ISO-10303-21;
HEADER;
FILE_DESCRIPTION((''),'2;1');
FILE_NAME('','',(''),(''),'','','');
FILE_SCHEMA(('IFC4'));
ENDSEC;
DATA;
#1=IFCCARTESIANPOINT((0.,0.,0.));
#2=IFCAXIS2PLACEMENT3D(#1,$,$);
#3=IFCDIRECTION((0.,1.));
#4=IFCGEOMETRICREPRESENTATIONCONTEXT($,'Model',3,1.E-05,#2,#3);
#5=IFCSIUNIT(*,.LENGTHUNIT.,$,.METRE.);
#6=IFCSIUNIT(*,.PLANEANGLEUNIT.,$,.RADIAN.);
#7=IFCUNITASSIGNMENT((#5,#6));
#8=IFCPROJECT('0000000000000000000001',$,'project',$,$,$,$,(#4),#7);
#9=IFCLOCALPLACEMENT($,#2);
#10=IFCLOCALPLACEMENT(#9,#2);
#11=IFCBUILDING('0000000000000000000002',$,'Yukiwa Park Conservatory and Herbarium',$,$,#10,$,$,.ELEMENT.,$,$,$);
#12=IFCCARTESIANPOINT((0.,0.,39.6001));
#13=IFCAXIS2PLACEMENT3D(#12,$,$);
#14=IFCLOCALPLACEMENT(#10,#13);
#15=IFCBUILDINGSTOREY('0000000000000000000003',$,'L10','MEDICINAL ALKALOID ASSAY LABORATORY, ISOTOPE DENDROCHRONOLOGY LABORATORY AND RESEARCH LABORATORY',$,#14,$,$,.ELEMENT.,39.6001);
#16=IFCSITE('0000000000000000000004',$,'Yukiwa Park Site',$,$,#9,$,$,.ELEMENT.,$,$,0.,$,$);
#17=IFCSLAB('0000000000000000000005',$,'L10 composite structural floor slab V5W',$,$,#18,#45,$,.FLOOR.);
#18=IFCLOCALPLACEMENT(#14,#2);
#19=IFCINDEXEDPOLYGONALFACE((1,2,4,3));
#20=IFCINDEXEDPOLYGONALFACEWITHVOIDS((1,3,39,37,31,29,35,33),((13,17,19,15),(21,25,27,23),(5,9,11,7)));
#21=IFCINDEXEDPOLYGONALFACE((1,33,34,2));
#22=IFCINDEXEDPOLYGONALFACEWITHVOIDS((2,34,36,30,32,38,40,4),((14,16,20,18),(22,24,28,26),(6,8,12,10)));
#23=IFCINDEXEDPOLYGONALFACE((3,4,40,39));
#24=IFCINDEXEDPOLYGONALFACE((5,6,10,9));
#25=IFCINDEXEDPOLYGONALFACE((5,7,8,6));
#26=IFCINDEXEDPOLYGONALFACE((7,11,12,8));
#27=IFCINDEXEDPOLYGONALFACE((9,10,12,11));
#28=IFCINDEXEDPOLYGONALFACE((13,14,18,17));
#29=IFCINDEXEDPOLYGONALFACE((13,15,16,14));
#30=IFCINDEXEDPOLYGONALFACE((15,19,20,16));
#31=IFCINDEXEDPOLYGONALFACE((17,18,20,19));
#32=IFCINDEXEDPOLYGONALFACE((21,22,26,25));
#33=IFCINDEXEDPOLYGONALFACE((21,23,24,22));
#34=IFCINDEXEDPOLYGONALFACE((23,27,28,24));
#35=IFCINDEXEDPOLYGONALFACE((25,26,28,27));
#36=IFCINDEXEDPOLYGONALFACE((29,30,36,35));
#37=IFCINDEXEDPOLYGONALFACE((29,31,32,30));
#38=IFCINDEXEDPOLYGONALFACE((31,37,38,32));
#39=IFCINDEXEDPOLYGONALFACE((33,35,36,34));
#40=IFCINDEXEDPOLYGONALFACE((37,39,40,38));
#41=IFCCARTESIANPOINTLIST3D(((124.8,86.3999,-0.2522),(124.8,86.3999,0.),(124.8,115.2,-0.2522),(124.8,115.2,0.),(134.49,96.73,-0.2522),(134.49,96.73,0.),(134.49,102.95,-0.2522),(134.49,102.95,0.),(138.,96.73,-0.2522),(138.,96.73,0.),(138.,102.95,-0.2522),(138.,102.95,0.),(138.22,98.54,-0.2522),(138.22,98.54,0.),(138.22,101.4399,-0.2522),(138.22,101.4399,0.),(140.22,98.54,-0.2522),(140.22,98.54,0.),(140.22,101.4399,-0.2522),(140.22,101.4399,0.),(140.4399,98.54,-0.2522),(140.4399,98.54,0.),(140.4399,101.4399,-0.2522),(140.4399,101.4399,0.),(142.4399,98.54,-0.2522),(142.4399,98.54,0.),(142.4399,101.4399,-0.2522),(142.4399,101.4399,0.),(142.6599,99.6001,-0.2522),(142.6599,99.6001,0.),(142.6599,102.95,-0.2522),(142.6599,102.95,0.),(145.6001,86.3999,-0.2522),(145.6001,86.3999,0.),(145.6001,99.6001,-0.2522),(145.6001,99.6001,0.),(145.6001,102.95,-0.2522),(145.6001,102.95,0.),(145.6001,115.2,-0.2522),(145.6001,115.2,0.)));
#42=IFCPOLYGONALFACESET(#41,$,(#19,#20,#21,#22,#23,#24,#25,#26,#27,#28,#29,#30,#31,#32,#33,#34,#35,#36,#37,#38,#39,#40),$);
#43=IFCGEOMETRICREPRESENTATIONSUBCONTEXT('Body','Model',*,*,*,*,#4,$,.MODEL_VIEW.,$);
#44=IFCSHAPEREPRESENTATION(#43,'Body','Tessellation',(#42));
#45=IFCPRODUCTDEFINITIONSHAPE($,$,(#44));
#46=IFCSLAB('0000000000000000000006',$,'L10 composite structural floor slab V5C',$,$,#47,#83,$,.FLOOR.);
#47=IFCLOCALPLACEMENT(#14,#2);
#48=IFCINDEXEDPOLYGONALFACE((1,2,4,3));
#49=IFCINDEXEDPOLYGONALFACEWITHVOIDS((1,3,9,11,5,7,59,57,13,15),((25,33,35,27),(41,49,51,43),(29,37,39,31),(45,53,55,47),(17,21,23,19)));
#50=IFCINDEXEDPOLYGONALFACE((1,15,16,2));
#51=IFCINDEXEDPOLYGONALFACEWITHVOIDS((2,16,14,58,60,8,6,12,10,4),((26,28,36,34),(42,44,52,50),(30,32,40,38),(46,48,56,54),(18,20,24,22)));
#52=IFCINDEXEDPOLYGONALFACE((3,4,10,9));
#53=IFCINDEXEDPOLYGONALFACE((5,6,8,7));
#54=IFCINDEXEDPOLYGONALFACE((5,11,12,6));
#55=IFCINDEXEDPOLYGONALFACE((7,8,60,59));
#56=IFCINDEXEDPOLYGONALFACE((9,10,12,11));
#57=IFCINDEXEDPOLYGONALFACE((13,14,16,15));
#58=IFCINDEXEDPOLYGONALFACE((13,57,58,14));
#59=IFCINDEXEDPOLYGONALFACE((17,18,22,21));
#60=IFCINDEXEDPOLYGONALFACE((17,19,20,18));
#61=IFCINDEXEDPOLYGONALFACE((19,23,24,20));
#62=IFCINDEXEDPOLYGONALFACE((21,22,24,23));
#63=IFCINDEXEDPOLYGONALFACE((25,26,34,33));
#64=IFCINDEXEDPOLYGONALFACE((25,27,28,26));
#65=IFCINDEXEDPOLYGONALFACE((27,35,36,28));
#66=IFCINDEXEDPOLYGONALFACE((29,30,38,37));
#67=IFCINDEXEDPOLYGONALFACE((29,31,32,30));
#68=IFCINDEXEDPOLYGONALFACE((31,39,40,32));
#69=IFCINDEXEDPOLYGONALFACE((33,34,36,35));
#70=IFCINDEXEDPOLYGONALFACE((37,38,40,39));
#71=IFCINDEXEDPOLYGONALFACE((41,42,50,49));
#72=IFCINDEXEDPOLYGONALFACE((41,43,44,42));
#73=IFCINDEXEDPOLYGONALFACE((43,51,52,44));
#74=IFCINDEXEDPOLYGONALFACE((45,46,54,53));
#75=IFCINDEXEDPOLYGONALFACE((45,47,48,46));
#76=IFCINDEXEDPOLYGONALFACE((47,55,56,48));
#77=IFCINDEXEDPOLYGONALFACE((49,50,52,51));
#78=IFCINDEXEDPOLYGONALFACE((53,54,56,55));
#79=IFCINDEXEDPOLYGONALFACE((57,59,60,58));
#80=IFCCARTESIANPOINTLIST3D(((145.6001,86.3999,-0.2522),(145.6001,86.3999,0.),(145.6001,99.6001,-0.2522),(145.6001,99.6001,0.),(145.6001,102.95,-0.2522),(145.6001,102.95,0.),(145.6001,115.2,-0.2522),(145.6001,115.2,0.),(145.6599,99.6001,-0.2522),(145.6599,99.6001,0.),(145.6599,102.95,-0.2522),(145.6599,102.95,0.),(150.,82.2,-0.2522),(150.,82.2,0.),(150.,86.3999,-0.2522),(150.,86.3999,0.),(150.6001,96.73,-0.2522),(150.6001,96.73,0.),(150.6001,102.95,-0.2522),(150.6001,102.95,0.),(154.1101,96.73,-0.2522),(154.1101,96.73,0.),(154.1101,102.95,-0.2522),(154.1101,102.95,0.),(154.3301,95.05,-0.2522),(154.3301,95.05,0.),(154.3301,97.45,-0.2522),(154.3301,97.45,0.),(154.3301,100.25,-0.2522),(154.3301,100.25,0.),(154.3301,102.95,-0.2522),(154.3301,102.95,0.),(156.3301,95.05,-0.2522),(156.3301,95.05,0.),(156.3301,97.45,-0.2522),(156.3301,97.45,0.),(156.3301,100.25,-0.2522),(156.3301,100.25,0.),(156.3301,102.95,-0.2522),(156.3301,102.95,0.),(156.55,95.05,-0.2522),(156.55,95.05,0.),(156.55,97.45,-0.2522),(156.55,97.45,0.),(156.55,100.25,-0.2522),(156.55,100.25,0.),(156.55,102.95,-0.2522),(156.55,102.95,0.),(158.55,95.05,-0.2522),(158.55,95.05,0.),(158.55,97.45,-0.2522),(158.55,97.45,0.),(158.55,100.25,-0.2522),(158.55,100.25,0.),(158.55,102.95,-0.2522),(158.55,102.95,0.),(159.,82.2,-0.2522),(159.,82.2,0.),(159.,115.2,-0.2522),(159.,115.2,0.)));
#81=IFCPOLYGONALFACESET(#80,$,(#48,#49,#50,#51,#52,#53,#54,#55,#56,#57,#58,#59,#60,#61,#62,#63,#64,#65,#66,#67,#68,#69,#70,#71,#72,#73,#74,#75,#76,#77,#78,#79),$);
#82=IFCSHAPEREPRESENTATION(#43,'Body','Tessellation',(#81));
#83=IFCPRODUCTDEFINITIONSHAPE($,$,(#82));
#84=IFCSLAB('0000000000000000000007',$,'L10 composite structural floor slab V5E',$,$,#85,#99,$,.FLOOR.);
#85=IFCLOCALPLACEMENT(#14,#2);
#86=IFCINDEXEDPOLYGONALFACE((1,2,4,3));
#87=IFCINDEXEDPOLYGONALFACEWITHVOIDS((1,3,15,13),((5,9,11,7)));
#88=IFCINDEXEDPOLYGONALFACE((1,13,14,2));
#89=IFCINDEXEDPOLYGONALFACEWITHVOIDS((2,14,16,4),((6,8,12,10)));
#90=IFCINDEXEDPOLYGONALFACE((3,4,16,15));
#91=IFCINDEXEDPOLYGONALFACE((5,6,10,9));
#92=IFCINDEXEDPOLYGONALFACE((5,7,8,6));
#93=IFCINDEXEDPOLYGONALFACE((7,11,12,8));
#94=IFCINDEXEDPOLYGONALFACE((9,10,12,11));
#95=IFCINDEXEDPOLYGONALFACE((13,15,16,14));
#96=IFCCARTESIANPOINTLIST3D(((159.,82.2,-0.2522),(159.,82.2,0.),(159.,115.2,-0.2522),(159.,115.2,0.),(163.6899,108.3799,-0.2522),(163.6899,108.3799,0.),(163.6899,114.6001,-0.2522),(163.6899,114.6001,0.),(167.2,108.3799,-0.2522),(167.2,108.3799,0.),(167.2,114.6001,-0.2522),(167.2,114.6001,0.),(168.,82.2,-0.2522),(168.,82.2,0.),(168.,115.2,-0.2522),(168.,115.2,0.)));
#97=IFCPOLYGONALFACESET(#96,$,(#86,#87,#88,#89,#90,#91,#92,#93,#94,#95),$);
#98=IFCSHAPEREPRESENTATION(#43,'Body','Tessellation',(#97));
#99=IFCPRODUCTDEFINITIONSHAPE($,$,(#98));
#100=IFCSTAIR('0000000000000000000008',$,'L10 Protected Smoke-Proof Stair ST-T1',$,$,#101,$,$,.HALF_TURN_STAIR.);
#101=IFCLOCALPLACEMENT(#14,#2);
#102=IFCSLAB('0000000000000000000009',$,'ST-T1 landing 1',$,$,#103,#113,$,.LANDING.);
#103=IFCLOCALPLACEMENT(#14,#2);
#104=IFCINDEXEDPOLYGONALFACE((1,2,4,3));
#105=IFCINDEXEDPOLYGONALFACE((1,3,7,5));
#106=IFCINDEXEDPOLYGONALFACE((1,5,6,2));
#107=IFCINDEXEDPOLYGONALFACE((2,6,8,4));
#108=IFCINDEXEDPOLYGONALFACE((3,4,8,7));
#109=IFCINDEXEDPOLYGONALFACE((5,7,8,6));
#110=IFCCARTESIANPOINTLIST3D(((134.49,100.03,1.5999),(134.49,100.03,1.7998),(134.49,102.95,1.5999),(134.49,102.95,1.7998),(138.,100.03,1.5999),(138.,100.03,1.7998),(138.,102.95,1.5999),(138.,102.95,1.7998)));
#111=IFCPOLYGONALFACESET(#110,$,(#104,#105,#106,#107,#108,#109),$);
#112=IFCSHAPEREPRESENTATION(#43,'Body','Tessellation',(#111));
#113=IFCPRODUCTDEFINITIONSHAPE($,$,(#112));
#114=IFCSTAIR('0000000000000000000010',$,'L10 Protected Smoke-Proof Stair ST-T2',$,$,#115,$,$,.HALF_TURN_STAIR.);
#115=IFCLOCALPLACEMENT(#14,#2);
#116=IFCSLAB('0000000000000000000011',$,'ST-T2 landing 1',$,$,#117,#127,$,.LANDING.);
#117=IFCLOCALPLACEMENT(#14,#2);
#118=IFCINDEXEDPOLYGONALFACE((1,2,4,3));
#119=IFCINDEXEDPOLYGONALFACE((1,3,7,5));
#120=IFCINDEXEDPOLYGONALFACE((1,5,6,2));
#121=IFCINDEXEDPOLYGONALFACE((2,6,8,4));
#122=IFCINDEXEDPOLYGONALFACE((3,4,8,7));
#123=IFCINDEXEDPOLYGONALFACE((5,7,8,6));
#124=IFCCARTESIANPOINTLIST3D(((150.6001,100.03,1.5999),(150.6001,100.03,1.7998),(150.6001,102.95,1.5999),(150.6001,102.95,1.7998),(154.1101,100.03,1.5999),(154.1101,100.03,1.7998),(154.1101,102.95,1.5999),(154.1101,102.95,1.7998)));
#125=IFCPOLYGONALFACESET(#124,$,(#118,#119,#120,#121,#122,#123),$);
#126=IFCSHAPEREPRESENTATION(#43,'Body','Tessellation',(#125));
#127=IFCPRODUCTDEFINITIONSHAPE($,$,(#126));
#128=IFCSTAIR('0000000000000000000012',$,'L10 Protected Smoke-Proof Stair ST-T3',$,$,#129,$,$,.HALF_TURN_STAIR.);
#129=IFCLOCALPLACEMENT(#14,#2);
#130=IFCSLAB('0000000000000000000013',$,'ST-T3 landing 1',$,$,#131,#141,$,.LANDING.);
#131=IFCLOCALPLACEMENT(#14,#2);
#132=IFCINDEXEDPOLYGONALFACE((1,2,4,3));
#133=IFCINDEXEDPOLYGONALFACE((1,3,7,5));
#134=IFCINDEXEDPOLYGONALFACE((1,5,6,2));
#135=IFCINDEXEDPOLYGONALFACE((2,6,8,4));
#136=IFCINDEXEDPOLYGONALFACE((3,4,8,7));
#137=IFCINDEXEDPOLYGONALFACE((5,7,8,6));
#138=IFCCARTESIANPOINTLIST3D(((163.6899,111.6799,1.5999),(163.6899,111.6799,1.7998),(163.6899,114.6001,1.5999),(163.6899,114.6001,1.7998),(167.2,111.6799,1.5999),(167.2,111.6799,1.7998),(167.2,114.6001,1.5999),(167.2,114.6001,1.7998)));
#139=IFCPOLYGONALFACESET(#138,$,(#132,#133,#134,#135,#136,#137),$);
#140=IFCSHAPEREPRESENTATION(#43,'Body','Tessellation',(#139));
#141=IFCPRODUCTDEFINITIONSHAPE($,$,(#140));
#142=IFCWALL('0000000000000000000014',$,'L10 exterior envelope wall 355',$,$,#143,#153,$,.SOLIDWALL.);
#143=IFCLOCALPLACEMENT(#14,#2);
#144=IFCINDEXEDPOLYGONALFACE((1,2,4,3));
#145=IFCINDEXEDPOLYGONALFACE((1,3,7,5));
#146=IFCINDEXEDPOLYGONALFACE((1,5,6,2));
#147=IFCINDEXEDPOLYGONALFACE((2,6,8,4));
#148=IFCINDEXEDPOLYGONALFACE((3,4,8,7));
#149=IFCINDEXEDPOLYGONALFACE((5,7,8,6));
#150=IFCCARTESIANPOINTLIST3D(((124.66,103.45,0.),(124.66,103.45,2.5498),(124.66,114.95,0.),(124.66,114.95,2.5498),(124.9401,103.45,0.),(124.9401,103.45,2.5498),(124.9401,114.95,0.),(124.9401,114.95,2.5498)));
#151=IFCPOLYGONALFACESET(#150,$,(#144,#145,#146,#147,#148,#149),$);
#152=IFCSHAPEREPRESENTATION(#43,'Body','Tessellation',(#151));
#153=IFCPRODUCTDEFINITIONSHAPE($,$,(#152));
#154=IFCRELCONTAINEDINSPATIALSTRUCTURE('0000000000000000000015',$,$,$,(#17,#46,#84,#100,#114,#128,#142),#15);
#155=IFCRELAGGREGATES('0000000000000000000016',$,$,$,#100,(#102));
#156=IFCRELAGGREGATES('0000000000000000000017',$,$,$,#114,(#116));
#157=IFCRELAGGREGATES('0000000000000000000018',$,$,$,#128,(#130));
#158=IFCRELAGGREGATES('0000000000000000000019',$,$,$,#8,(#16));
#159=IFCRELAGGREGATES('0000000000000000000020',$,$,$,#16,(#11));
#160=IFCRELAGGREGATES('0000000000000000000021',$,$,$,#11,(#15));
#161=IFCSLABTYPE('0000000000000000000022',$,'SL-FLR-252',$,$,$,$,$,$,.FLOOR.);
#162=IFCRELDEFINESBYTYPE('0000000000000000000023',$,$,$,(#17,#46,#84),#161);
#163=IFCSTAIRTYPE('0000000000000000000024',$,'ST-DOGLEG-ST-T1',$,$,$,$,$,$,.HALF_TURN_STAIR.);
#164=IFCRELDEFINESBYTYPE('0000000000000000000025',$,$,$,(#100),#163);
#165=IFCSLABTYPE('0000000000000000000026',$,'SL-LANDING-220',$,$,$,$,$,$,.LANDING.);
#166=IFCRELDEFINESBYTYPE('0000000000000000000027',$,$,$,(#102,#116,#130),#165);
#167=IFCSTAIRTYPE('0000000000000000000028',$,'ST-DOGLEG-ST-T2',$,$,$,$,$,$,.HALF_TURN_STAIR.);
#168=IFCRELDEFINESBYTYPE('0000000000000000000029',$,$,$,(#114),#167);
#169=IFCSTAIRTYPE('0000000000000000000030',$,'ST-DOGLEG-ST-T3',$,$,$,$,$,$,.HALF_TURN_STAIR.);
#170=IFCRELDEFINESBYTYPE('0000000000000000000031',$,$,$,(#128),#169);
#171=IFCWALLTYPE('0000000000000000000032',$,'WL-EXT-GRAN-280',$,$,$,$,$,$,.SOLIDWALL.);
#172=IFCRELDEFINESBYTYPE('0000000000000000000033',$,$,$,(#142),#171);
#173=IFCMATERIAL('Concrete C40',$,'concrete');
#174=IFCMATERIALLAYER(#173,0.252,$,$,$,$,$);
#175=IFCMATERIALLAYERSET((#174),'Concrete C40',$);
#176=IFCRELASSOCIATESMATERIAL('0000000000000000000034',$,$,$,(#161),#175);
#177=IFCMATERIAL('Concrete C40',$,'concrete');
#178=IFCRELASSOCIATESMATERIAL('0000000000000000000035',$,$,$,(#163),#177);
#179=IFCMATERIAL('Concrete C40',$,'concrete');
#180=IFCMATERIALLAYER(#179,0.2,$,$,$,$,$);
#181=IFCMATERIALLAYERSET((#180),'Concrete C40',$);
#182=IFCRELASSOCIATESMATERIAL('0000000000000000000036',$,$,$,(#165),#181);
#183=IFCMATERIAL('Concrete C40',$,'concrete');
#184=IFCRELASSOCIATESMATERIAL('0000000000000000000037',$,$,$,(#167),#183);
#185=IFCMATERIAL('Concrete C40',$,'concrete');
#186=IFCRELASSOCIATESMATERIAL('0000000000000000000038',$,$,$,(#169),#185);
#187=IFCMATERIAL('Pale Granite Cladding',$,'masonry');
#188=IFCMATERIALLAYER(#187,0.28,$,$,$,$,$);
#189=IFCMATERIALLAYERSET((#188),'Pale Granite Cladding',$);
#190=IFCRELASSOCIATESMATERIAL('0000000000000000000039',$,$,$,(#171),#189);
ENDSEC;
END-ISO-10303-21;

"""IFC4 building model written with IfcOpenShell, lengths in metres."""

from ifc_helpers import new_model, si_unit, direction, frame, frame_2d, origin, place, context, subcontext, project, spatial, polyline, rectangle, outline, extrude, material, layer, layer_set, type_object, element, aggregate, save


model = new_model("IFC4")

# Units and contexts
model_context = context("Model", 3, precision=1e-05, world=origin(), true_north=direction((0.0, 1.0)))
body_context = subcontext(model_context, "Body", "Model", "MODEL_VIEW")
ifc_project = project(units=[si_unit("LENGTHUNIT", "METRE"), si_unit("PLANEANGLEUNIT", "RADIAN")], contexts=[model_context])

# Site, building, storey
site_placement = place(None, origin())
site = spatial("IfcSite", under=ifc_project, at=site_placement, Name="Yukiwa Park Site", CompositionType="ELEMENT", RefElevation=0.0)
building_placement = place(site_placement, origin())
building = spatial("IfcBuilding", under=site, at=building_placement, Name="Yukiwa Park Conservatory and Herbarium", CompositionType="ELEMENT")
storey_placement = place(building_placement, frame((0.0, 0.0, 39.6001)))
storey = spatial("IfcBuildingStorey", under=building, at=storey_placement, Name="L10", Description="MEDICINAL ALKALOID ASSAY LABORATORY, ISOTOPE DENDROCHRONOLOGY LABORATORY AND RESEARCH LABORATORY", CompositionType="ELEMENT", Elevation=39.6001)

# Slabs
ifc_material_1 = material(Name="Concrete C40", Category="concrete")
ifc_layer_1 = layer(ifc_material_1, 0.252)
ifc_layer_set_1 = layer_set([ifc_layer_1], Name="Concrete C40")
slab_type_1 = type_object("IfcSlabType", Name="SL-FLR-252", PredefinedType="FLOOR", material=ifc_layer_set_1)
slab_1_placement = place(storey_placement, frame((0.0, 0.0, -0.2522)))
element("IfcSlab", 1, at=slab_1_placement, inside=storey, type_object=slab_type_1, Name="L10 composite structural floor slab V5W", PredefinedType="FLOOR", context=body_context, shape_type="SweptSolid", body=[
    extrude(outline(polyline([(124.8, 115.2), (145.6001, 115.2), (145.6001, 102.95), (142.6599, 102.95), (142.6599, 99.6001), (145.6001, 99.6001), (145.6001, 86.3999), (124.8, 86.3999), (124.8, 115.2)]), holes=[polyline([(134.49, 102.95), (134.49, 96.73), (138.0, 96.73), (138.0, 102.95), (134.49, 102.95)]), polyline([(140.22, 101.4399), (138.22, 101.4399), (138.22, 98.54), (140.22, 98.54), (140.22, 101.4399)]), polyline([(140.4399, 101.4399), (140.4399, 98.54), (142.4399, 98.54), (142.4399, 101.4399), (140.4399, 101.4399)])]), origin(), (0.0, 0.0, 1.0), 0.2522),
])
slab_2_placement = place(storey_placement, frame((0.0, 0.0, -0.2522)))
element("IfcSlab", 2, at=slab_2_placement, inside=storey, type_object=slab_type_1, Name="L10 composite structural floor slab V5C", PredefinedType="FLOOR", context=body_context, shape_type="SweptSolid", body=[
    extrude(outline(polyline([(150.0, 86.3999), (145.6001, 86.3999), (145.6001, 99.6001), (145.6599, 99.6001), (145.6599, 102.95), (145.6001, 102.95), (145.6001, 115.2), (159.0, 115.2), (159.0, 82.2), (150.0, 82.2), (150.0, 86.3999)]), holes=[polyline([(154.3301, 97.45), (154.3301, 95.05), (156.3301, 95.05), (156.3301, 97.45), (154.3301, 97.45)]), polyline([(156.55, 97.45), (156.55, 95.05), (158.55, 95.05), (158.55, 97.45), (156.55, 97.45)]), polyline([(154.1101, 102.95), (150.6001, 102.95), (150.6001, 96.73), (154.1101, 96.73), (154.1101, 102.95)]), polyline([(154.3301, 102.95), (154.3301, 100.25), (156.3301, 100.25), (156.3301, 102.95), (154.3301, 102.95)]), polyline([(158.55, 102.95), (156.55, 102.95), (156.55, 100.25), (158.55, 100.25), (158.55, 102.95)])]), origin(), (0.0, 0.0, 1.0), 0.2522),
])
slab_3_placement = place(storey_placement, frame((0.0, 0.0, -0.2522)))
element("IfcSlab", 3, at=slab_3_placement, inside=storey, type_object=slab_type_1, Name="L10 composite structural floor slab V5E", PredefinedType="FLOOR", context=body_context, shape_type="SweptSolid", body=[
    extrude(outline(polyline([(168.0, 82.2), (159.0, 82.2), (159.0, 115.2), (168.0, 115.2), (168.0, 82.2)]), holes=[polyline([(167.2, 114.6001), (163.6899, 114.6001), (163.6899, 108.3799), (167.2, 108.3799), (167.2, 114.6001)])]), origin(), (0.0, 0.0, 1.0), 0.2522),
])

# Stairs, slabs
ifc_material_2 = material(Name="Concrete C40", Category="concrete")
stair_type_1 = type_object("IfcStairType", Name="ST-DOGLEG-ST-T1", PredefinedType="HALF_TURN_STAIR", material=ifc_material_2)
stair_1_placement = place(storey_placement, origin())
stair_1 = element("IfcStair", 4, at=stair_1_placement, inside=storey, type_object=stair_type_1, Name="L10 Protected Smoke-Proof Stair ST-T1", PredefinedType="HALF_TURN_STAIR")
ifc_material_3 = material(Name="Concrete C40", Category="concrete")
ifc_layer_2 = layer(ifc_material_3, 0.2)
ifc_layer_set_2 = layer_set([ifc_layer_2], Name="Concrete C40")
slab_type_2 = type_object("IfcSlabType", Name="SL-LANDING-220", PredefinedType="LANDING", material=ifc_layer_set_2)
slab_4_placement = place(storey_placement, frame((0.0, 0.0, 1.5999)))
slab_4 = element("IfcSlab", 5, at=slab_4_placement, type_object=slab_type_2, Name="ST-T1 landing 1", PredefinedType="LANDING", context=body_context, shape_type="SweptSolid", body=[
    extrude(outline(polyline([(138.0, 100.03), (138.0, 102.95), (134.49, 102.95), (134.49, 100.03), (138.0, 100.03)])), origin(), (0.0, 0.0, 1.0), 0.2),
])
aggregate(stair_1, [slab_4])
ifc_material_4 = material(Name="Concrete C40", Category="concrete")
stair_type_2 = type_object("IfcStairType", Name="ST-DOGLEG-ST-T2", PredefinedType="HALF_TURN_STAIR", material=ifc_material_4)
stair_2_placement = place(storey_placement, origin())
stair_2 = element("IfcStair", 6, at=stair_2_placement, inside=storey, type_object=stair_type_2, Name="L10 Protected Smoke-Proof Stair ST-T2", PredefinedType="HALF_TURN_STAIR")
slab_5_placement = place(storey_placement, frame((0.0, 0.0, 1.5999)))
slab_5 = element("IfcSlab", 7, at=slab_5_placement, type_object=slab_type_2, Name="ST-T2 landing 1", PredefinedType="LANDING", context=body_context, shape_type="SweptSolid", body=[
    extrude(outline(polyline([(154.1101, 100.03), (154.1101, 102.95), (150.6001, 102.95), (150.6001, 100.03), (154.1101, 100.03)])), origin(), (0.0, 0.0, 1.0), 0.2),
])
aggregate(stair_2, [slab_5])
ifc_material_5 = material(Name="Concrete C40", Category="concrete")
stair_type_3 = type_object("IfcStairType", Name="ST-DOGLEG-ST-T3", PredefinedType="HALF_TURN_STAIR", material=ifc_material_5)
stair_3_placement = place(storey_placement, origin())
stair_3 = element("IfcStair", 8, at=stair_3_placement, inside=storey, type_object=stair_type_3, Name="L10 Protected Smoke-Proof Stair ST-T3", PredefinedType="HALF_TURN_STAIR")
slab_6_placement = place(storey_placement, frame((0.0, 0.0, 1.5999)))
slab_6 = element("IfcSlab", 9, at=slab_6_placement, type_object=slab_type_2, Name="ST-T3 landing 1", PredefinedType="LANDING", context=body_context, shape_type="SweptSolid", body=[
    extrude(outline(polyline([(167.2, 111.6799), (167.2, 114.6001), (163.6899, 114.6001), (163.6899, 111.6799), (167.2, 111.6799)])), origin(), (0.0, 0.0, 1.0), 0.2),
])
aggregate(stair_3, [slab_6])

# Wall
ifc_material_6 = material(Name="Pale Granite Cladding", Category="masonry")
ifc_layer_3 = layer(ifc_material_6, 0.28)
ifc_layer_set_3 = layer_set([ifc_layer_3], Name="Pale Granite Cladding")
wall_type = type_object("IfcWallType", Name="WL-EXT-GRAN-280", PredefinedType="SOLIDWALL", material=ifc_layer_set_3)
wall_placement = place(storey_placement, frame((124.8, 114.95, 0.0), z_axis=(0.0, 0.0, 1.0), x_axis=(0.0, -1.0, 0.0)))
element("IfcWall", 10, at=wall_placement, inside=storey, type_object=wall_type, Name="L10 exterior envelope wall 355", PredefinedType="SOLIDWALL", context=body_context, shape_type="SweptSolid", body=[
    extrude(rectangle(XDim=11.5, YDim=0.28, at=frame_2d((5.75, 0.0))), origin(), (0.0, 0.0, 1.0), 2.5498),
])

save(model, "model.ifc")
